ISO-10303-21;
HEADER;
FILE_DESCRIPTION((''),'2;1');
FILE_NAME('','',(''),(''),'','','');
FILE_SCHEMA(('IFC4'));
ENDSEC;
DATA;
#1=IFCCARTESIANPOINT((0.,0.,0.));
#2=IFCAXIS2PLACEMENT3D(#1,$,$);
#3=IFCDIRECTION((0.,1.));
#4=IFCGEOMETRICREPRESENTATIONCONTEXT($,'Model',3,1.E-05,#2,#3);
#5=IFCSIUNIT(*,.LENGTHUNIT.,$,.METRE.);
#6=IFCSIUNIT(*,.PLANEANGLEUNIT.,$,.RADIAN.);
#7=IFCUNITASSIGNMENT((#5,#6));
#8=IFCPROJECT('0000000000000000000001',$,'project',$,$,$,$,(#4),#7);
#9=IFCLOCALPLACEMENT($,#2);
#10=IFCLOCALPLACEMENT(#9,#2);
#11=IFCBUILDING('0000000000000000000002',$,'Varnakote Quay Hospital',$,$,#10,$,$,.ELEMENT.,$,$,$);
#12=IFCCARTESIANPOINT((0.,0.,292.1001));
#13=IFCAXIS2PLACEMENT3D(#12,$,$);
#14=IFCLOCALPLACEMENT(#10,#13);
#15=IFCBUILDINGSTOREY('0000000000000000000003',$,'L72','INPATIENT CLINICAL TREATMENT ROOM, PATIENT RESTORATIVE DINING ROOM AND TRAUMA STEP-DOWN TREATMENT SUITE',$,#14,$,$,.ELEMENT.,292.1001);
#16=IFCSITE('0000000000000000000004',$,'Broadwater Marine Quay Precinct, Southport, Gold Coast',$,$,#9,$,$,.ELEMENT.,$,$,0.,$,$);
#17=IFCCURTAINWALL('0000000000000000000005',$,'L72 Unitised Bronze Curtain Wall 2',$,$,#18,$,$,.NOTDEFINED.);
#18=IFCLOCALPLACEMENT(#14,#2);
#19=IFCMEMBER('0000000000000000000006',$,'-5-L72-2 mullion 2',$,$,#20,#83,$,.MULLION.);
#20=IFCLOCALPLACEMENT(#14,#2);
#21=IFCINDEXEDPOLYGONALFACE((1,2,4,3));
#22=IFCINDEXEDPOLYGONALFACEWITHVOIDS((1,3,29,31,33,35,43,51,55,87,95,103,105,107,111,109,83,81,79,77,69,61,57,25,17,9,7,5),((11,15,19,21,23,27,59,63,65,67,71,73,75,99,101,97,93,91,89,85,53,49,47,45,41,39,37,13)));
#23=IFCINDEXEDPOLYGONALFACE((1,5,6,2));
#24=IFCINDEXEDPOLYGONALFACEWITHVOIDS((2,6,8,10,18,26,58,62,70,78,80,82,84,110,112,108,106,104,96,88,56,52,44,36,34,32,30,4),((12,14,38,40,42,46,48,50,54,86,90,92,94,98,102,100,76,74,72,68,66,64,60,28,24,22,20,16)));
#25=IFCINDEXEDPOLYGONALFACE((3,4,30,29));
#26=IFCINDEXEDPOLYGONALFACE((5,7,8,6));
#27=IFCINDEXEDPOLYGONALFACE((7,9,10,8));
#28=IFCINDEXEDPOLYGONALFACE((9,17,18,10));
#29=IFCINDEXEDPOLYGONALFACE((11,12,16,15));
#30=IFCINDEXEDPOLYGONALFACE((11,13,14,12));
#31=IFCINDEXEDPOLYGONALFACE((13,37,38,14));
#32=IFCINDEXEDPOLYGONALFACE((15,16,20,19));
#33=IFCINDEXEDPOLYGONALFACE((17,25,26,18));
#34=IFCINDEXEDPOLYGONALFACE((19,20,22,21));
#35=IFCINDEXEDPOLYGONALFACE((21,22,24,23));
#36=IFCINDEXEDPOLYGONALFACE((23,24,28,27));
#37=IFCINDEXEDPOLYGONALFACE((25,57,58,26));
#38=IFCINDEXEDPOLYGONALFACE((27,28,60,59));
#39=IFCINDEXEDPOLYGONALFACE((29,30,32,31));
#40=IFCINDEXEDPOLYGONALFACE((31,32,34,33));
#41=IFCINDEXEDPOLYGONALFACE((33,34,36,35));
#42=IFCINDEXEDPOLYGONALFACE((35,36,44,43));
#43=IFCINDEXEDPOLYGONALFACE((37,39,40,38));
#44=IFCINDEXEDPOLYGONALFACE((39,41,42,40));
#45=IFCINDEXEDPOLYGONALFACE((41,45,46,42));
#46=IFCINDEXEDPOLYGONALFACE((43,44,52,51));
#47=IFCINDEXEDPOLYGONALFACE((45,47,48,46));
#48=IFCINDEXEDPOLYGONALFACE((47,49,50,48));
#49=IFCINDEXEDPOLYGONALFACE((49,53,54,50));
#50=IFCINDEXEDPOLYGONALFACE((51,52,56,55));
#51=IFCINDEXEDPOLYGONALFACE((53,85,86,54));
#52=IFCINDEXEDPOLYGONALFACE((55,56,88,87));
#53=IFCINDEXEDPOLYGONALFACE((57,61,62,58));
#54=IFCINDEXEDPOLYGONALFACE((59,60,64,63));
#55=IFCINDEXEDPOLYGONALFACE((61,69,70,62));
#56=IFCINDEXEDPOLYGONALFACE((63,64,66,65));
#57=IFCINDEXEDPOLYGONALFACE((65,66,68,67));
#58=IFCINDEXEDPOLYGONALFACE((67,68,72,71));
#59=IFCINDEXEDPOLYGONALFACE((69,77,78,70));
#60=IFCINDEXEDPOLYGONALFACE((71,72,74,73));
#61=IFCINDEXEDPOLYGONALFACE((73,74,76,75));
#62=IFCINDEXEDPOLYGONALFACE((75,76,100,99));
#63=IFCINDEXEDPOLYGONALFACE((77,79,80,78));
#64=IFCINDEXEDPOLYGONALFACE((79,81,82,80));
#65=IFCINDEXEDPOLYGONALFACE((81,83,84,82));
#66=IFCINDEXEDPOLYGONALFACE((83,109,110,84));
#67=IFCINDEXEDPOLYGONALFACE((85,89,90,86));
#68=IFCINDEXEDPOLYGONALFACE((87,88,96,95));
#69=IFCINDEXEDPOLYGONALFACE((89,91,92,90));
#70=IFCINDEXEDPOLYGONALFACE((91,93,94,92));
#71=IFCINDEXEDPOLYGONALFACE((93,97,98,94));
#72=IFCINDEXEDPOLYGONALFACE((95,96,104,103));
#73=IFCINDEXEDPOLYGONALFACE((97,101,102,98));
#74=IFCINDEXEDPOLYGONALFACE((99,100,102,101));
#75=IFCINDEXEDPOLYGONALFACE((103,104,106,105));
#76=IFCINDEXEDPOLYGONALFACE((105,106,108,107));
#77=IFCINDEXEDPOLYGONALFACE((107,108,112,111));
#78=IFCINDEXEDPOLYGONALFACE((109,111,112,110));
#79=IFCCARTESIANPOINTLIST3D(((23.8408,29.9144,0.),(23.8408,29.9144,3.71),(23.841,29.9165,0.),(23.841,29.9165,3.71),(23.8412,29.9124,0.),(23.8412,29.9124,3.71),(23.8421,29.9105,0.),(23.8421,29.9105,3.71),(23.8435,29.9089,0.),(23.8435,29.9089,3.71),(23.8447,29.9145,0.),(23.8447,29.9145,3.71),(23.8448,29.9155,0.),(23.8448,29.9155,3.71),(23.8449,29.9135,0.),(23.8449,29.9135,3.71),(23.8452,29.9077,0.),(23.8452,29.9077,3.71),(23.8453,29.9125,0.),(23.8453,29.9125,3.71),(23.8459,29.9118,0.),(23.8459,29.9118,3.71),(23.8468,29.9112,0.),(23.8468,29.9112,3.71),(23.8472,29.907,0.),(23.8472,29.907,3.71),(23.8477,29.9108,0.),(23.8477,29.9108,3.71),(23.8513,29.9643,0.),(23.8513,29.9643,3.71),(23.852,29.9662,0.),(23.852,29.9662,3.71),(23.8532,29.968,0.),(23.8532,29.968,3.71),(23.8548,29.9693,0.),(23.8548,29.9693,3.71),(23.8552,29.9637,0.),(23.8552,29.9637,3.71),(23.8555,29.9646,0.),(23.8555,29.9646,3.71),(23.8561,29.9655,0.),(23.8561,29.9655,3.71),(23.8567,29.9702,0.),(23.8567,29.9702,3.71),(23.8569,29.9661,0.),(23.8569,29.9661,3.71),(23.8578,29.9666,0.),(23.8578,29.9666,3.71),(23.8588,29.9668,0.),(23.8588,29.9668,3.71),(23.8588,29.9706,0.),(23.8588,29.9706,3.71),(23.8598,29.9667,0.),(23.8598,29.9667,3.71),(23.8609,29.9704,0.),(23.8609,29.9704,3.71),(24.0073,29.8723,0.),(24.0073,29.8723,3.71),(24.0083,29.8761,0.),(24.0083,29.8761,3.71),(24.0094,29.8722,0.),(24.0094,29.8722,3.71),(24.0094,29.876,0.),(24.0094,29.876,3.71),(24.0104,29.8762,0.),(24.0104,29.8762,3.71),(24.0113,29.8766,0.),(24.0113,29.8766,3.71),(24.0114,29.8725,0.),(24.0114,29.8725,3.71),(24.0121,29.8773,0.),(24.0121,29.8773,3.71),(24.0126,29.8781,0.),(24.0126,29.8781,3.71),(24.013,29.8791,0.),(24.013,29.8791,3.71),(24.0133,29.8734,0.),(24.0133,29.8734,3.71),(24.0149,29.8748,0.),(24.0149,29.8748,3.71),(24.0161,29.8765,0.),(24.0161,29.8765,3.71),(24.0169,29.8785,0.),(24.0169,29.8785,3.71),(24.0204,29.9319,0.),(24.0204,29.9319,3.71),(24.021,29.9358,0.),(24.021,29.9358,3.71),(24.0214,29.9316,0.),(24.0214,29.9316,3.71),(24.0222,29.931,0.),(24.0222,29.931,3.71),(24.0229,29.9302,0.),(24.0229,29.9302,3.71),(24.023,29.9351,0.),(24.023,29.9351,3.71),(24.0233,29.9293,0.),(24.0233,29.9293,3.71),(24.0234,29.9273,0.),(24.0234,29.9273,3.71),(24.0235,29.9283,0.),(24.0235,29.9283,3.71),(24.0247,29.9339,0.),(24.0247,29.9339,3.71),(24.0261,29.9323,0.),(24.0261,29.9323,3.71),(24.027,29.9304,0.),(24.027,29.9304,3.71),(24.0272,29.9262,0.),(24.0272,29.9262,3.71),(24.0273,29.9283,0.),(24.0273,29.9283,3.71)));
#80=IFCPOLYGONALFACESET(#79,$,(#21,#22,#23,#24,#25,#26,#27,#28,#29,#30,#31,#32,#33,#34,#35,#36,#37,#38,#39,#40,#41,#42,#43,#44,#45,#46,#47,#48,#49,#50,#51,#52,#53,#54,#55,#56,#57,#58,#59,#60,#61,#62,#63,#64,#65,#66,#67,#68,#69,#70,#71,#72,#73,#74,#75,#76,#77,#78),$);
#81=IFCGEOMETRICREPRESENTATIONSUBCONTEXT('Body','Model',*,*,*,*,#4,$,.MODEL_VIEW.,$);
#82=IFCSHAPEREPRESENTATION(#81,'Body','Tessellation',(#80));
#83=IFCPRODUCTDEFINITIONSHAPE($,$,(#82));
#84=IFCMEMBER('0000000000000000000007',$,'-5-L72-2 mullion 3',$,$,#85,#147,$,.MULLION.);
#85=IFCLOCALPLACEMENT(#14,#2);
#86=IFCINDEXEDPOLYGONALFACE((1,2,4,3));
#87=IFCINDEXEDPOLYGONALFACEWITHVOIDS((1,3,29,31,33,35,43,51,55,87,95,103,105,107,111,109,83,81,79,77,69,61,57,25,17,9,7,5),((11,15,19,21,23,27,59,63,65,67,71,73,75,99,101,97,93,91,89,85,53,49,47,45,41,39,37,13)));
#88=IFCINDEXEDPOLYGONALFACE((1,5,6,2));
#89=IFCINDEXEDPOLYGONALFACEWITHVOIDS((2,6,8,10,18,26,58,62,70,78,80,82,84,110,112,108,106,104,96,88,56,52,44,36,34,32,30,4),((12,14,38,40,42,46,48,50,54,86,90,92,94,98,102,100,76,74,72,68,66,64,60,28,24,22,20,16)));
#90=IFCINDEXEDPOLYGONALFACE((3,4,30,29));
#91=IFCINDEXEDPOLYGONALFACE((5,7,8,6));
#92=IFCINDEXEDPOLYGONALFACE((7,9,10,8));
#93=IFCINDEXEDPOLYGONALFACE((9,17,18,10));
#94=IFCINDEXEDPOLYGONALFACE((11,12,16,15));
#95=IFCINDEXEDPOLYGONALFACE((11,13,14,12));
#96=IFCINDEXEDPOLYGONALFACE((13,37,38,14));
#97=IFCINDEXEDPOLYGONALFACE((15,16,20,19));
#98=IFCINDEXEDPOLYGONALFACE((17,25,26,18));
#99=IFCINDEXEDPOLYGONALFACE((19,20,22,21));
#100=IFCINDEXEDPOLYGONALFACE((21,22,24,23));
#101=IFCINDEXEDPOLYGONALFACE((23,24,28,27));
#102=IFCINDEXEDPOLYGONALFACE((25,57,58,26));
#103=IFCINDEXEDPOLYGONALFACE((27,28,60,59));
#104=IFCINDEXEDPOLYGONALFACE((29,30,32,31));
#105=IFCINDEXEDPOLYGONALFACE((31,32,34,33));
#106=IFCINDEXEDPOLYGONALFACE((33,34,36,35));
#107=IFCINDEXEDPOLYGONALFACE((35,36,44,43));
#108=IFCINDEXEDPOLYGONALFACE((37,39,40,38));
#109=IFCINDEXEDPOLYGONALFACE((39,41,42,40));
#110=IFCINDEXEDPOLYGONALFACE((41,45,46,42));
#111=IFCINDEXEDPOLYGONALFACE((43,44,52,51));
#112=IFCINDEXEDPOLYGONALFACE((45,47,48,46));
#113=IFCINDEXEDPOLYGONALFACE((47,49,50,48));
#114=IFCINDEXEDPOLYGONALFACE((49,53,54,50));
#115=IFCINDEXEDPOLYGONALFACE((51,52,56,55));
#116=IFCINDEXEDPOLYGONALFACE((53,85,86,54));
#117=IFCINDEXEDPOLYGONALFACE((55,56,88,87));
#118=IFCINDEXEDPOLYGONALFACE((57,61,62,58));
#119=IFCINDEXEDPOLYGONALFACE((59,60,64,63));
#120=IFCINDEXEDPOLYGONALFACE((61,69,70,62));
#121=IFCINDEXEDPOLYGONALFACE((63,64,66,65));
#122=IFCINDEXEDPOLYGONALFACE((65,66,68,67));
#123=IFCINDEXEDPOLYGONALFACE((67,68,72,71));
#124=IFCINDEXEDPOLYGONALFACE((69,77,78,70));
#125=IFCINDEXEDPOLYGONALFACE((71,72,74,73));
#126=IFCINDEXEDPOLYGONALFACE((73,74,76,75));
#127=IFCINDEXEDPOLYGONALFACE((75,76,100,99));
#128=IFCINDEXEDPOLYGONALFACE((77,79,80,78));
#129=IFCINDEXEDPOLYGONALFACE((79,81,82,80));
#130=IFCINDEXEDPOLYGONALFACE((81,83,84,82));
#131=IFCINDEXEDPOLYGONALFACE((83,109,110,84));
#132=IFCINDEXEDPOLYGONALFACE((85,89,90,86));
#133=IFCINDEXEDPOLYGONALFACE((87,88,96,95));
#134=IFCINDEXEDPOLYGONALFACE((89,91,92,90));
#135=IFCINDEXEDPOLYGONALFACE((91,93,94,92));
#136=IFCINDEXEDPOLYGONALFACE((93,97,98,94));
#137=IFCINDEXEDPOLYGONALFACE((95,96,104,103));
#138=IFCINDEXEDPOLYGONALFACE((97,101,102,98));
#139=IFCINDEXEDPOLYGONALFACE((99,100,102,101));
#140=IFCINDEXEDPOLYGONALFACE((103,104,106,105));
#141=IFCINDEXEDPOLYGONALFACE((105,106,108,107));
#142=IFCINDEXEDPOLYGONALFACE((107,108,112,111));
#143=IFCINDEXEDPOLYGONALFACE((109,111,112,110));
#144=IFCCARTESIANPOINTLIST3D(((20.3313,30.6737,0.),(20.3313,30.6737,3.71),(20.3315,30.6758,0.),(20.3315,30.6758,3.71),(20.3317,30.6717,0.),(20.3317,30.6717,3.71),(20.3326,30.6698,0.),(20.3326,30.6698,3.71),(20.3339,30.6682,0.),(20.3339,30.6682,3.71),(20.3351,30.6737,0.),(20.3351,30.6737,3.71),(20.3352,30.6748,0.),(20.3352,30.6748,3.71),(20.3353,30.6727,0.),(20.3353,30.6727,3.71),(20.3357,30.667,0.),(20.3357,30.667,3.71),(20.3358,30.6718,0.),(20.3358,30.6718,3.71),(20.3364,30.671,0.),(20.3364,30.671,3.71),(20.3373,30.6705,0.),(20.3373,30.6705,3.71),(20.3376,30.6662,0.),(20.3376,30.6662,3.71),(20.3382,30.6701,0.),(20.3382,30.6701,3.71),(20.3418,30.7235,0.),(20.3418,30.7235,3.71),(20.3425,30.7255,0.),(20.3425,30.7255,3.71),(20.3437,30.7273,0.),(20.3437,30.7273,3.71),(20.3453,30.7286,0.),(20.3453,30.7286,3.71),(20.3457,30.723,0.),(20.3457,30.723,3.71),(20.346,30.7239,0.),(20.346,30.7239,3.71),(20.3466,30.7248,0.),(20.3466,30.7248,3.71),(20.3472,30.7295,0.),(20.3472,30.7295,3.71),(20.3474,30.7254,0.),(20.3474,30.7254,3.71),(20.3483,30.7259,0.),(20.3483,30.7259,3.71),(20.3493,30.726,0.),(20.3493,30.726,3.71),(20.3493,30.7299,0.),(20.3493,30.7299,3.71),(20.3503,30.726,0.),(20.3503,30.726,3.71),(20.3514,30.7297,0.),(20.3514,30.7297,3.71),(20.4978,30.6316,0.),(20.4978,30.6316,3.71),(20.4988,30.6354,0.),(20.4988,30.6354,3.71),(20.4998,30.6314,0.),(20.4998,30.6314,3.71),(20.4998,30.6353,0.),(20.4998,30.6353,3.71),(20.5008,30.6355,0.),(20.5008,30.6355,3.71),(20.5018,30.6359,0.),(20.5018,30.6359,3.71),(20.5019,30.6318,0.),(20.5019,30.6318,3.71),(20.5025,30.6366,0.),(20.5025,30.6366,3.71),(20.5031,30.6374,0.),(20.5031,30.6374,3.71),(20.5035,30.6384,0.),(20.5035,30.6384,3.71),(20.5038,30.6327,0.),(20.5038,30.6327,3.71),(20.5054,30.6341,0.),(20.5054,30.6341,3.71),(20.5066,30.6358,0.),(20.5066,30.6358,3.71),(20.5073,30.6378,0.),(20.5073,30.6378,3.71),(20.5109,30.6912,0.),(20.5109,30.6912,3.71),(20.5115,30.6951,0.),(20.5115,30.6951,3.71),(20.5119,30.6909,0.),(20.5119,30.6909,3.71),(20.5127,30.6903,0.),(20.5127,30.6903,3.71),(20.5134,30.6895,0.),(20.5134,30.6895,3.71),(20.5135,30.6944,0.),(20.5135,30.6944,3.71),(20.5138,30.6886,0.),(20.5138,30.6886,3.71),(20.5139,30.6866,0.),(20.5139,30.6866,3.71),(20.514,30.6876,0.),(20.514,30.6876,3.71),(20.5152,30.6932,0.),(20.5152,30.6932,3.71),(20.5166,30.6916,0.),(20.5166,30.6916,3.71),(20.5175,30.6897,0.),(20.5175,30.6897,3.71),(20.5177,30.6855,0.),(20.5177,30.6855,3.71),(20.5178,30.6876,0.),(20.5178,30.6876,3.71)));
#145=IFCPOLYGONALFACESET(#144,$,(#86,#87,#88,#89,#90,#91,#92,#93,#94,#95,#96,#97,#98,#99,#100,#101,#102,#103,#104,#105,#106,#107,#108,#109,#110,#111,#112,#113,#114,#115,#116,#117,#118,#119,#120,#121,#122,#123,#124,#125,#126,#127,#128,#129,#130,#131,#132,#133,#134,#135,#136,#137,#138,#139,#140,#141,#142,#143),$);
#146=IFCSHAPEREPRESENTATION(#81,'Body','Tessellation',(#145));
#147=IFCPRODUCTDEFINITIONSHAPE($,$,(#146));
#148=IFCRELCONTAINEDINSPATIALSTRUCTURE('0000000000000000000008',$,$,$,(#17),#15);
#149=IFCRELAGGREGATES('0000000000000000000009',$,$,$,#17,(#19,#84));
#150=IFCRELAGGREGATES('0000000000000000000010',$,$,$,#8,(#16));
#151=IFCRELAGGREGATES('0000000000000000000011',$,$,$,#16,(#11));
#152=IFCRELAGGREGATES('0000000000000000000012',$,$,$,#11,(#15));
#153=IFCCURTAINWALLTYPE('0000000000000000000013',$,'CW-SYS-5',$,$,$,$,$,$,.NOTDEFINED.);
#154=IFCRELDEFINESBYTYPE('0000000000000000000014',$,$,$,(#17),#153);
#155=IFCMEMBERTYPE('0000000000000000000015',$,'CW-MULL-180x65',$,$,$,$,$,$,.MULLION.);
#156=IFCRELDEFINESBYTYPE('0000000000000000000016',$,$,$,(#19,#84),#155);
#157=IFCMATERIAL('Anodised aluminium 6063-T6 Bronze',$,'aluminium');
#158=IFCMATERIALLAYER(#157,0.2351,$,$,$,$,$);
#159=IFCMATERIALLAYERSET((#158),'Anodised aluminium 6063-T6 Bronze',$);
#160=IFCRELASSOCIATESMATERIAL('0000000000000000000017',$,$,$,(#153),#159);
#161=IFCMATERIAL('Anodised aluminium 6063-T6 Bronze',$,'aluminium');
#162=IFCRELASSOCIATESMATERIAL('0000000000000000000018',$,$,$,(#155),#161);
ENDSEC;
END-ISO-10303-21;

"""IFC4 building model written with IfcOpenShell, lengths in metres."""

from ifc_helpers import new_model, si_unit, direction, frame, origin, origin_2d, place, context, subcontext, project, spatial, hollow_rectangle, extrude, material, layer, layer_set, material_profile, profile_set, type_object, element, aggregate, save


model = new_model("IFC4")

# Units and contexts
model_context = context("Model", 3, precision=1e-05, world=origin(), true_north=direction((0.0, 1.0)))
body_context = subcontext(model_context, "Body", "Model", "MODEL_VIEW")
ifc_project = project(units=[si_unit("LENGTHUNIT", "METRE"), si_unit("PLANEANGLEUNIT", "RADIAN")], contexts=[model_context])

# Site, building, storey
site_placement = place(None, origin())
site = spatial("IfcSite", under=ifc_project, at=site_placement, Name="Broadwater Marine Quay Precinct, Southport, Gold Coast", CompositionType="ELEMENT", RefElevation=0.0)
building_placement = place(site_placement, origin())
building = spatial("IfcBuilding", under=site, at=building_placement, Name="Varnakote Quay Hospital", CompositionType="ELEMENT")
storey_placement = place(building_placement, frame((0.0, 0.0, 292.1001)))
storey = spatial("IfcBuildingStorey", under=building, at=storey_placement, Name="L72", Description="INPATIENT CLINICAL TREATMENT ROOM, PATIENT RESTORATIVE DINING ROOM AND TRAUMA STEP-DOWN TREATMENT SUITE", CompositionType="ELEMENT", Elevation=292.1001)

# Shared definitions
ifc_material_1 = material(Name="Anodised aluminium 6063-T6 Bronze", Category="aluminium")
ifc_layer_1 = layer(ifc_material_1, 0.2351)
ifc_layer_set_1 = layer_set([ifc_layer_1], Name="Anodised aluminium 6063-T6 Bronze")
curtain_wall_type = type_object("IfcCurtainWallType", Name="CW-SYS-5", PredefinedType="NOTDEFINED", material=ifc_layer_set_1)
ifc_material_2 = material(Name="Anodised aluminium 6063-T6 Bronze", Category="aluminium")
ifc_material_profile_1 = material_profile(ifc_material_2, hollow_rectangle(XDim=0.0649, YDim=0.1799, WallThickness=0.0039, InnerFilletRadius=0.0039, OuterFilletRadius=0.0081, at=origin_2d()), Name="CW-MULL-180x65")
ifc_profile_set_1 = profile_set([ifc_material_profile_1], Name="Anodised aluminium 6063-T6 Bronze")
member_type_1 = type_object("IfcMemberType", Name="CW-MULL-180x65", PredefinedType="MULLION", material=ifc_profile_set_1)

# Curtain wall, members
curtain_wall_1_placement = place(storey_placement, origin())
curtain_wall_1 = element("IfcCurtainWall", 1, at=curtain_wall_1_placement, inside=storey, type_object=curtain_wall_type, Name="L72 Unitised Bronze Curtain Wall 2", PredefinedType="NOTDEFINED")
member_1_placement = place(storey_placement, frame((23.9341, 29.9214, 0.0), z_axis=(0.0, 0.0, 1.0), x_axis=(-0.211408, -0.977398, 0.0)))
member_1 = element("IfcMember", 2, at=member_1_placement, type_object=member_type_1, Name="-5-L72-2 mullion 2", PredefinedType="MULLION", context=body_context, shape_type="SweptSolid", body=[
    extrude(hollow_rectangle(XDim=0.0649, YDim=0.1799, WallThickness=0.0039, InnerFilletRadius=0.0039, OuterFilletRadius=0.0081, at=origin_2d()), origin(), (0.0, 0.0, 1.0), 3.71),
])
member_2_placement = place(storey_placement, frame((20.4246, 30.6807, 0.0), z_axis=(0.0, 0.0, 1.0), x_axis=(-0.211408, -0.977398, 0.0)))
member_2 = element("IfcMember", 3, at=member_2_placement, type_object=member_type_1, Name="-5-L72-2 mullion 3", PredefinedType="MULLION", context=body_context, shape_type="SweptSolid", body=[
    extrude(hollow_rectangle(XDim=0.0649, YDim=0.1799, WallThickness=0.0039, InnerFilletRadius=0.0039, OuterFilletRadius=0.0081, at=origin_2d()), origin(), (0.0, 0.0, 1.0), 3.71),
])

aggregate(curtain_wall_1, [member_1, member_2])

save(model, "model.ifc")
